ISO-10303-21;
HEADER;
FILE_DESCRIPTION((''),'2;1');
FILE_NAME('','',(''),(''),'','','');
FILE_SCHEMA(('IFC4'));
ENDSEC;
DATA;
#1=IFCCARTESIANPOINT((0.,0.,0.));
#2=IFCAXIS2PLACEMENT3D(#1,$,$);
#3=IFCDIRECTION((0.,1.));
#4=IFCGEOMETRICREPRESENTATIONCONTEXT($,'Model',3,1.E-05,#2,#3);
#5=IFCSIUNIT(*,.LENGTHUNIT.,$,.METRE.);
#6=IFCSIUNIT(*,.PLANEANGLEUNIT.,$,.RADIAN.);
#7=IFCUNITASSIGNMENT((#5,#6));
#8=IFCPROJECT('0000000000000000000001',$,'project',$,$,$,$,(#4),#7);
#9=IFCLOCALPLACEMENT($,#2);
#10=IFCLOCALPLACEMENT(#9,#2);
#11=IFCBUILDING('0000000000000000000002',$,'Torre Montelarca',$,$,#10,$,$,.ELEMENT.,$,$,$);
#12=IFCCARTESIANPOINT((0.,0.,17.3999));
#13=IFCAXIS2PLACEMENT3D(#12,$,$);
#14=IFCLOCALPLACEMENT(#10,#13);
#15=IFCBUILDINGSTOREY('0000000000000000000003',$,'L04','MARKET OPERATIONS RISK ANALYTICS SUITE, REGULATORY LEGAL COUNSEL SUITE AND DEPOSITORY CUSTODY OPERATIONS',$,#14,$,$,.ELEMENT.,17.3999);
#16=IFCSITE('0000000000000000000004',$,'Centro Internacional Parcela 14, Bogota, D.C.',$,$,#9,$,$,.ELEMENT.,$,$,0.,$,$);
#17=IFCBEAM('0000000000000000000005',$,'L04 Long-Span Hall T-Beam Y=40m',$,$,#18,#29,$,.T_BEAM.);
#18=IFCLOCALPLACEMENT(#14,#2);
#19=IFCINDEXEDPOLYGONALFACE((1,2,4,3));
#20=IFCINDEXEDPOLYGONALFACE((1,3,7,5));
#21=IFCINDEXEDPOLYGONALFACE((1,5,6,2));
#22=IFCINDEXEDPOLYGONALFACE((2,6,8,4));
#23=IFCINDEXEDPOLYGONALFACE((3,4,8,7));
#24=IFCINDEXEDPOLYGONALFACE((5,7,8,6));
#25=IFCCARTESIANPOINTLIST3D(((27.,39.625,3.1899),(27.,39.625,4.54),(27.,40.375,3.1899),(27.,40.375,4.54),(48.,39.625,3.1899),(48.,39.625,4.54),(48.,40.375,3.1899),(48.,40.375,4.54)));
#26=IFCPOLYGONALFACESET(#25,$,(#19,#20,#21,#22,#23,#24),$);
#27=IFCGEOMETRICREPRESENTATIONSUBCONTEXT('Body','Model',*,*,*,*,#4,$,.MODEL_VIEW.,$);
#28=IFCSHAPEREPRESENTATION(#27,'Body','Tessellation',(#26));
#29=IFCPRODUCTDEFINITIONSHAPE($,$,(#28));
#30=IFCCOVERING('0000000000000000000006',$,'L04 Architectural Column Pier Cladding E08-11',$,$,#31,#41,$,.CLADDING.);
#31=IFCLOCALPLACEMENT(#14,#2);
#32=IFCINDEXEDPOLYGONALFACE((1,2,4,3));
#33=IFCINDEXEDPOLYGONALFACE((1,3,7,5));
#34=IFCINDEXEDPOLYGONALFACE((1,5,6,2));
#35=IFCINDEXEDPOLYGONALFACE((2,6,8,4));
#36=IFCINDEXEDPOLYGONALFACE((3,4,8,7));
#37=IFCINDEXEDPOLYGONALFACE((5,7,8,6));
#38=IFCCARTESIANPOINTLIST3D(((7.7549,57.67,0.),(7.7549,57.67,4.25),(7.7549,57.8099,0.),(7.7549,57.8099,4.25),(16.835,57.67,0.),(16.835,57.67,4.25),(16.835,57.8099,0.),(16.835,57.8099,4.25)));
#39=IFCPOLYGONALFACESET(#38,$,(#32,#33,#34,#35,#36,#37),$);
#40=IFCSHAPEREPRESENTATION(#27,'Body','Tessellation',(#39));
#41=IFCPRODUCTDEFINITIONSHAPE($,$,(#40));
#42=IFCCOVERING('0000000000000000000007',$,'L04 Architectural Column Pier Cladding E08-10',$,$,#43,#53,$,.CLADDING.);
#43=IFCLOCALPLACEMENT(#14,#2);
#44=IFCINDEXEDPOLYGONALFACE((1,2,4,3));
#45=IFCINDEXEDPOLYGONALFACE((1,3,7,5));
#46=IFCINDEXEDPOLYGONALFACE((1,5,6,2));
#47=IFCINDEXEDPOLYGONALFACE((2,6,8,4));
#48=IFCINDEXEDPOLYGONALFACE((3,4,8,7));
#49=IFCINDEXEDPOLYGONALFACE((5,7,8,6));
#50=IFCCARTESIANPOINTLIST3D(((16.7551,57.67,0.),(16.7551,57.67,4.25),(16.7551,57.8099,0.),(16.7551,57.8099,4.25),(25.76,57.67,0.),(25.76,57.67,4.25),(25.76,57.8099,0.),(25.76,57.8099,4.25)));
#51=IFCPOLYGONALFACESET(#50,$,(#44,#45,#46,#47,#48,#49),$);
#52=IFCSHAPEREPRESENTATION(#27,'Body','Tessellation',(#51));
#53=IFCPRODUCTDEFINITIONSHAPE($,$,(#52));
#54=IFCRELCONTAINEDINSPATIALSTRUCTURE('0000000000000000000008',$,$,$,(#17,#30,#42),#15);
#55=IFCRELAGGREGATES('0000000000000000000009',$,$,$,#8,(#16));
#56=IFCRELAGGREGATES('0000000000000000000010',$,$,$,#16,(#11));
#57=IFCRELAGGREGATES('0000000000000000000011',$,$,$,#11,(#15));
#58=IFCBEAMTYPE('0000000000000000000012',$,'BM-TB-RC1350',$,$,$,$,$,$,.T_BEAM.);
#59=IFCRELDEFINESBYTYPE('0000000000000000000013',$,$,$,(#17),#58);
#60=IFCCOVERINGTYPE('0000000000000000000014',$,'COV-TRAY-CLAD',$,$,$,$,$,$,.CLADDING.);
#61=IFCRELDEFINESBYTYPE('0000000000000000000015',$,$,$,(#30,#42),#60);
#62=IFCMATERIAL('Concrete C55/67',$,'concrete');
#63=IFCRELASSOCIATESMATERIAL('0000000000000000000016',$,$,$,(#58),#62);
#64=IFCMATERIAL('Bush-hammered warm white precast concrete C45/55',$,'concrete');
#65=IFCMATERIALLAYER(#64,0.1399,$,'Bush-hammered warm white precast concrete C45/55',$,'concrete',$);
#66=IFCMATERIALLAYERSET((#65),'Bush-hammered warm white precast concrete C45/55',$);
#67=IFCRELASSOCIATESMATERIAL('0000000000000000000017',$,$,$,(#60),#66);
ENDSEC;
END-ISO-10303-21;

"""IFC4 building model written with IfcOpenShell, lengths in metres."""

from ifc_helpers import new_model, si_unit, direction, frame, origin, origin_2d, place, context, subcontext, project, spatial, rectangle, extrude, source, transform, mapped, material, layer, layer_set, material_profile, profile_set, type_object, element, save


model = new_model("IFC4")

# Units and contexts
model_context = context("Model", 3, precision=1e-05, world=origin(), true_north=direction((0.0, 1.0)))
body_context = subcontext(model_context, "Body", "Model", "MODEL_VIEW")
ifc_project = project(units=[si_unit("LENGTHUNIT", "METRE"), si_unit("PLANEANGLEUNIT", "RADIAN")], contexts=[model_context])

# Site, building, storey
site_placement = place(None, origin())
site = spatial("IfcSite", under=ifc_project, at=site_placement, Name="Centro Internacional Parcela 14, Bogota, D.C.", CompositionType="ELEMENT", RefElevation=0.0)
building_placement = place(site_placement, origin())
building = spatial("IfcBuilding", under=site, at=building_placement, Name="Torre Montelarca", CompositionType="ELEMENT")
storey_placement = place(building_placement, frame((0.0, 0.0, 17.3999)))
storey = spatial("IfcBuildingStorey", under=building, at=storey_placement, Name="L04", Description="MARKET OPERATIONS RISK ANALYTICS SUITE, REGULATORY LEGAL COUNSEL SUITE AND DEPOSITORY CUSTODY OPERATIONS", CompositionType="ELEMENT", Elevation=17.3999)

# Beam
ifc_material_1 = material(Name="Concrete C55/67", Category="concrete")
ifc_material_profile_1 = material_profile(ifc_material_1, rectangle(XDim=0.75, YDim=1.3501, at=origin_2d()), Name="RCB750X1350", Category="concrete")
ifc_profile_set_1 = profile_set([ifc_material_profile_1], Name="Concrete C55/67")
beam_type_1 = type_object("IfcBeamType", Name="BM-TB-RC1350", PredefinedType="T_BEAM", material=ifc_profile_set_1)
shared_shape_1 = source(origin(), body_context, "Body", "SweptSolid", [
    extrude(rectangle(XDim=0.75, YDim=1.3501, at=origin_2d()), origin(), (0.0, 0.0, 1.0), 21.0),
])
beam_1_placement = place(storey_placement, frame((27.0, 40.0, 3.865), z_axis=(1.0, 0.0, 0.0), x_axis=(0.0, 1.0, 0.0)))
element("IfcBeam", 1, at=beam_1_placement, inside=storey, type_object=beam_type_1, Name="L04 Long-Span Hall T-Beam Y=40m", PredefinedType="T_BEAM", context=body_context, shape_type="MappedRepresentation", body=[
    mapped(shared_shape_1, transform((0.0, 0.0, 0.0), scale=1.0)),
])

# Coverings
ifc_material_2 = material(Name="Bush-hammered warm white precast concrete C45/55", Category="concrete")
ifc_layer = layer(ifc_material_2, 0.1399, Name="Bush-hammered warm white precast concrete C45/55", Category="concrete")
ifc_layer_set = layer_set([ifc_layer], Name="Bush-hammered warm white precast concrete C45/55")
covering_type = type_object("IfcCoveringType", Name="COV-TRAY-CLAD", PredefinedType="CLADDING", material=ifc_layer_set)
shared_shape_2 = source(origin(), body_context, "Body", "SweptSolid", [
    extrude(rectangle(XDim=9.0801, YDim=0.1399, at=origin_2d()), origin(), (0.0, 0.0, 1.0), 4.25),
])
covering_1_placement = place(storey_placement, frame((12.2949, 57.74, 0.0), z_axis=(0.0, 0.0, 1.0), x_axis=(-1.0, 0.0, 0.0)))
element("IfcCovering", 2, at=covering_1_placement, inside=storey, type_object=covering_type, Name="L04 Architectural Column Pier Cladding E08-11", PredefinedType="CLADDING", context=body_context, shape_type="MappedRepresentation", body=[
    mapped(shared_shape_2, transform((0.0, 0.0, 0.0), scale=1.0)),
])
shared_shape_3 = source(origin(), body_context, "Body", "SweptSolid", [
    extrude(rectangle(XDim=9.0049, YDim=0.1399, at=origin_2d()), origin(), (0.0, 0.0, 1.0), 4.25),
])
covering_2_placement = place(storey_placement, frame((21.2576, 57.74, 0.0), z_axis=(0.0, 0.0, 1.0), x_axis=(-1.0, 0.0, 0.0)))
element("IfcCovering", 3, at=covering_2_placement, inside=storey, type_object=covering_type, Name="L04 Architectural Column Pier Cladding E08-10", PredefinedType="CLADDING", context=body_context, shape_type="MappedRepresentation", body=[
    mapped(shared_shape_3, transform((0.0, 0.0, 0.0), scale=1.0)),
])

save(model, "model.ifc")
